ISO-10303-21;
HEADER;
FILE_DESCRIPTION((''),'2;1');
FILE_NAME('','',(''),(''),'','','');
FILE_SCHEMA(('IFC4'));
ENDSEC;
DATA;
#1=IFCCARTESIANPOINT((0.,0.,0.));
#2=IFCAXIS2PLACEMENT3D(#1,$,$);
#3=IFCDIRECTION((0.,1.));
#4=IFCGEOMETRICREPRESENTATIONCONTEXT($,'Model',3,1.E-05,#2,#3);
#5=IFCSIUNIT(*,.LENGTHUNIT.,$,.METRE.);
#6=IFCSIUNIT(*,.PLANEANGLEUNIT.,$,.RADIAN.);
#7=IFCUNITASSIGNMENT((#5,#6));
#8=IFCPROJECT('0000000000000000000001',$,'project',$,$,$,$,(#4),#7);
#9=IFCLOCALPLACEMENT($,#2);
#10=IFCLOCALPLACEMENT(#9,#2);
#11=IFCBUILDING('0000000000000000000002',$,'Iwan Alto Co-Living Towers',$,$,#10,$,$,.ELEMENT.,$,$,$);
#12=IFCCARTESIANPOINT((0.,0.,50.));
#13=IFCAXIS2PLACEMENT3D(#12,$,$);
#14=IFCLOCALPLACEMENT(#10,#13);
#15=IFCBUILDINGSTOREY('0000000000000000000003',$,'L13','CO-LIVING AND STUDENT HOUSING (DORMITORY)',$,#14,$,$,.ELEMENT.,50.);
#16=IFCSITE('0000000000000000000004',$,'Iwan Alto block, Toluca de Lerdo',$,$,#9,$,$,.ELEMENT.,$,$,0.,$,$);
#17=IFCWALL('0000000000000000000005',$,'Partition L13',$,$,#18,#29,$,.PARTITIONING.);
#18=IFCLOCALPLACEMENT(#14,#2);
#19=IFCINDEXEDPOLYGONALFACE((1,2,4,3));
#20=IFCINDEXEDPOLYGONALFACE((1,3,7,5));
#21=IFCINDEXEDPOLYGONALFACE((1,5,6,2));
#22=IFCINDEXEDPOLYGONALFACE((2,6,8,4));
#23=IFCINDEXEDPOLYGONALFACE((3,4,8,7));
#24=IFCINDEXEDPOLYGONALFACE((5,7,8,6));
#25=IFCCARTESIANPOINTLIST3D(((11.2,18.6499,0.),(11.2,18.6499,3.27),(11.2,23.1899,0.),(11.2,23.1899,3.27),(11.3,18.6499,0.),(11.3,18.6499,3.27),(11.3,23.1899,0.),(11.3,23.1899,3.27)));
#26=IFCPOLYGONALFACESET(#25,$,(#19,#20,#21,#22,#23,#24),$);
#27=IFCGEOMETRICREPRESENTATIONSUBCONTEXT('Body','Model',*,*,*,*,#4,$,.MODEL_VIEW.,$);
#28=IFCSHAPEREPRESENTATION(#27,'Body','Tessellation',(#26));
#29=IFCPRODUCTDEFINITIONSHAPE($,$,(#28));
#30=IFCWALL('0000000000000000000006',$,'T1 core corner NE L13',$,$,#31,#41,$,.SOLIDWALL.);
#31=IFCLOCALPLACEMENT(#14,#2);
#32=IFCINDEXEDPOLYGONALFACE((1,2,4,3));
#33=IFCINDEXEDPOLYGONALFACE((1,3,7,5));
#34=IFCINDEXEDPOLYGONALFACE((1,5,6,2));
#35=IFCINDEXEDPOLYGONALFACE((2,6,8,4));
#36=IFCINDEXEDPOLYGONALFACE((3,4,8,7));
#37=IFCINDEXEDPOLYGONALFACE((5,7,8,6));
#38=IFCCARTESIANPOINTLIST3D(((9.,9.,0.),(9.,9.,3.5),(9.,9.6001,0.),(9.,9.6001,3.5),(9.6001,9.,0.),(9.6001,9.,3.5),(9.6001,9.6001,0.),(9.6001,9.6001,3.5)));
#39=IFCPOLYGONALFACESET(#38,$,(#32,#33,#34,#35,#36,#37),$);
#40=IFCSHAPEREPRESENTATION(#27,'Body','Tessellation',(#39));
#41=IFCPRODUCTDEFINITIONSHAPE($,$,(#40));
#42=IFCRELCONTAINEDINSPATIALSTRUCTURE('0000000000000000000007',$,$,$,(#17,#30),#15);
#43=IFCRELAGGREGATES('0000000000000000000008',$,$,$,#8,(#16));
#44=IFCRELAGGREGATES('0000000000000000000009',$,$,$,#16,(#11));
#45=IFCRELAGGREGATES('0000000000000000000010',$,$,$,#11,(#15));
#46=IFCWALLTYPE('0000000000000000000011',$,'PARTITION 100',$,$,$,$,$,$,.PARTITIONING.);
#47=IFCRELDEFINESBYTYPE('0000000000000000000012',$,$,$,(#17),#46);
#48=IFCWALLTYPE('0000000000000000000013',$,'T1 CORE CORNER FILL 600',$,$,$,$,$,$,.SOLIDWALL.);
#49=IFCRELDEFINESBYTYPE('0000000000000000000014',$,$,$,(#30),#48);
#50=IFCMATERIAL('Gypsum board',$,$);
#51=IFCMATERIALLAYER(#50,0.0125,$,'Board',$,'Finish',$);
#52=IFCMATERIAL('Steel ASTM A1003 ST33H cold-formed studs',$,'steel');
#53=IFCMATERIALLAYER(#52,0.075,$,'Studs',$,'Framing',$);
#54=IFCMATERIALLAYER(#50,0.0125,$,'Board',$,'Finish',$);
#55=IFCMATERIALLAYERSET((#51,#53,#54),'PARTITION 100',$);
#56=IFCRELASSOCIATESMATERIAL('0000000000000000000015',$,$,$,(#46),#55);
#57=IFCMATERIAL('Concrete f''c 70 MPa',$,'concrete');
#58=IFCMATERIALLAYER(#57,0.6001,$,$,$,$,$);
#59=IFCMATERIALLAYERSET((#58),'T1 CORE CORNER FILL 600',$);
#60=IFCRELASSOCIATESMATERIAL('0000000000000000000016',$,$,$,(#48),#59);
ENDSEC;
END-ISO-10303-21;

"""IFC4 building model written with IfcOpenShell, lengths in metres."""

from ifc_helpers import new_model, si_unit, direction, frame, frame_2d, origin, place, context, subcontext, project, spatial, rectangle, extrude, material, layer, layer_set, type_object, element, save


model = new_model("IFC4")

# Units and contexts
model_context = context("Model", 3, precision=1e-05, world=origin(), true_north=direction((0.0, 1.0)))
body_context = subcontext(model_context, "Body", "Model", "MODEL_VIEW")
ifc_project = project(units=[si_unit("LENGTHUNIT", "METRE"), si_unit("PLANEANGLEUNIT", "RADIAN")], contexts=[model_context])

# Site, building, storey
site_placement = place(None, origin())
site = spatial("IfcSite", under=ifc_project, at=site_placement, Name="Iwan Alto block, Toluca de Lerdo", CompositionType="ELEMENT", RefElevation=0.0)
building_placement = place(site_placement, origin())
building = spatial("IfcBuilding", under=site, at=building_placement, Name="Iwan Alto Co-Living Towers", CompositionType="ELEMENT")
storey_placement = place(building_placement, frame((0.0, 0.0, 50.0)))
storey = spatial("IfcBuildingStorey", under=building, at=storey_placement, Name="L13", Description="CO-LIVING AND STUDENT HOUSING (DORMITORY)", CompositionType="ELEMENT", Elevation=50.0)

# Shared definitions
ifc_material_1 = material(Name="Gypsum board")
ifc_layer_1 = layer(ifc_material_1, 0.0125, Name="Board", Category="Finish")
ifc_material_2 = material(Name="Steel ASTM A1003 ST33H cold-formed studs", Category="steel")
ifc_layer_2 = layer(ifc_material_2, 0.075, Name="Studs", Category="Framing")
ifc_layer_3 = layer(ifc_material_1, 0.0125, Name="Board", Category="Finish")
ifc_layer_set_1 = layer_set([ifc_layer_1, ifc_layer_2, ifc_layer_3], Name="PARTITION 100")
wall_type_1 = type_object("IfcWallType", Name="PARTITION 100", PredefinedType="PARTITIONING", material=ifc_layer_set_1)

# Walls
wall_1_placement = place(storey_placement, frame((11.25, 18.6499, 0.0), z_axis=(0.0, 0.0, 1.0), x_axis=(0.0, 1.0, 0.0)))
element("IfcWall", 1, at=wall_1_placement, inside=storey, type_object=wall_type_1, Name="Partition L13", PredefinedType="PARTITIONING", context=body_context, shape_type="SweptSolid", body=[
    extrude(rectangle(XDim=4.54, YDim=0.1001, at=frame_2d((2.27, 0.0))), origin(), (0.0, 0.0, 1.0), 3.27),
])
ifc_material_3 = material(Name="Concrete f'c 70 MPa", Category="concrete")
ifc_layer_4 = layer(ifc_material_3, 0.6001)
ifc_layer_set_2 = layer_set([ifc_layer_4], Name="T1 CORE CORNER FILL 600")
wall_type_2 = type_object("IfcWallType", Name="T1 CORE CORNER FILL 600", PredefinedType="SOLIDWALL", material=ifc_layer_set_2)
wall_2_placement = place(storey_placement, frame((9.0, 9.3, 0.0), z_axis=(0.0, 0.0, 1.0), x_axis=(1.0, 0.0, 0.0)))
element("IfcWall", 2, at=wall_2_placement, inside=storey, type_object=wall_type_2, Name="T1 core corner NE L13", PredefinedType="SOLIDWALL", context=body_context, shape_type="SweptSolid", body=[
    extrude(rectangle(XDim=0.6001, YDim=0.6001, at=frame_2d((0.3, 0.0))), origin(), (0.0, 0.0, 1.0), 3.5),
])

save(model, "model.ifc")
